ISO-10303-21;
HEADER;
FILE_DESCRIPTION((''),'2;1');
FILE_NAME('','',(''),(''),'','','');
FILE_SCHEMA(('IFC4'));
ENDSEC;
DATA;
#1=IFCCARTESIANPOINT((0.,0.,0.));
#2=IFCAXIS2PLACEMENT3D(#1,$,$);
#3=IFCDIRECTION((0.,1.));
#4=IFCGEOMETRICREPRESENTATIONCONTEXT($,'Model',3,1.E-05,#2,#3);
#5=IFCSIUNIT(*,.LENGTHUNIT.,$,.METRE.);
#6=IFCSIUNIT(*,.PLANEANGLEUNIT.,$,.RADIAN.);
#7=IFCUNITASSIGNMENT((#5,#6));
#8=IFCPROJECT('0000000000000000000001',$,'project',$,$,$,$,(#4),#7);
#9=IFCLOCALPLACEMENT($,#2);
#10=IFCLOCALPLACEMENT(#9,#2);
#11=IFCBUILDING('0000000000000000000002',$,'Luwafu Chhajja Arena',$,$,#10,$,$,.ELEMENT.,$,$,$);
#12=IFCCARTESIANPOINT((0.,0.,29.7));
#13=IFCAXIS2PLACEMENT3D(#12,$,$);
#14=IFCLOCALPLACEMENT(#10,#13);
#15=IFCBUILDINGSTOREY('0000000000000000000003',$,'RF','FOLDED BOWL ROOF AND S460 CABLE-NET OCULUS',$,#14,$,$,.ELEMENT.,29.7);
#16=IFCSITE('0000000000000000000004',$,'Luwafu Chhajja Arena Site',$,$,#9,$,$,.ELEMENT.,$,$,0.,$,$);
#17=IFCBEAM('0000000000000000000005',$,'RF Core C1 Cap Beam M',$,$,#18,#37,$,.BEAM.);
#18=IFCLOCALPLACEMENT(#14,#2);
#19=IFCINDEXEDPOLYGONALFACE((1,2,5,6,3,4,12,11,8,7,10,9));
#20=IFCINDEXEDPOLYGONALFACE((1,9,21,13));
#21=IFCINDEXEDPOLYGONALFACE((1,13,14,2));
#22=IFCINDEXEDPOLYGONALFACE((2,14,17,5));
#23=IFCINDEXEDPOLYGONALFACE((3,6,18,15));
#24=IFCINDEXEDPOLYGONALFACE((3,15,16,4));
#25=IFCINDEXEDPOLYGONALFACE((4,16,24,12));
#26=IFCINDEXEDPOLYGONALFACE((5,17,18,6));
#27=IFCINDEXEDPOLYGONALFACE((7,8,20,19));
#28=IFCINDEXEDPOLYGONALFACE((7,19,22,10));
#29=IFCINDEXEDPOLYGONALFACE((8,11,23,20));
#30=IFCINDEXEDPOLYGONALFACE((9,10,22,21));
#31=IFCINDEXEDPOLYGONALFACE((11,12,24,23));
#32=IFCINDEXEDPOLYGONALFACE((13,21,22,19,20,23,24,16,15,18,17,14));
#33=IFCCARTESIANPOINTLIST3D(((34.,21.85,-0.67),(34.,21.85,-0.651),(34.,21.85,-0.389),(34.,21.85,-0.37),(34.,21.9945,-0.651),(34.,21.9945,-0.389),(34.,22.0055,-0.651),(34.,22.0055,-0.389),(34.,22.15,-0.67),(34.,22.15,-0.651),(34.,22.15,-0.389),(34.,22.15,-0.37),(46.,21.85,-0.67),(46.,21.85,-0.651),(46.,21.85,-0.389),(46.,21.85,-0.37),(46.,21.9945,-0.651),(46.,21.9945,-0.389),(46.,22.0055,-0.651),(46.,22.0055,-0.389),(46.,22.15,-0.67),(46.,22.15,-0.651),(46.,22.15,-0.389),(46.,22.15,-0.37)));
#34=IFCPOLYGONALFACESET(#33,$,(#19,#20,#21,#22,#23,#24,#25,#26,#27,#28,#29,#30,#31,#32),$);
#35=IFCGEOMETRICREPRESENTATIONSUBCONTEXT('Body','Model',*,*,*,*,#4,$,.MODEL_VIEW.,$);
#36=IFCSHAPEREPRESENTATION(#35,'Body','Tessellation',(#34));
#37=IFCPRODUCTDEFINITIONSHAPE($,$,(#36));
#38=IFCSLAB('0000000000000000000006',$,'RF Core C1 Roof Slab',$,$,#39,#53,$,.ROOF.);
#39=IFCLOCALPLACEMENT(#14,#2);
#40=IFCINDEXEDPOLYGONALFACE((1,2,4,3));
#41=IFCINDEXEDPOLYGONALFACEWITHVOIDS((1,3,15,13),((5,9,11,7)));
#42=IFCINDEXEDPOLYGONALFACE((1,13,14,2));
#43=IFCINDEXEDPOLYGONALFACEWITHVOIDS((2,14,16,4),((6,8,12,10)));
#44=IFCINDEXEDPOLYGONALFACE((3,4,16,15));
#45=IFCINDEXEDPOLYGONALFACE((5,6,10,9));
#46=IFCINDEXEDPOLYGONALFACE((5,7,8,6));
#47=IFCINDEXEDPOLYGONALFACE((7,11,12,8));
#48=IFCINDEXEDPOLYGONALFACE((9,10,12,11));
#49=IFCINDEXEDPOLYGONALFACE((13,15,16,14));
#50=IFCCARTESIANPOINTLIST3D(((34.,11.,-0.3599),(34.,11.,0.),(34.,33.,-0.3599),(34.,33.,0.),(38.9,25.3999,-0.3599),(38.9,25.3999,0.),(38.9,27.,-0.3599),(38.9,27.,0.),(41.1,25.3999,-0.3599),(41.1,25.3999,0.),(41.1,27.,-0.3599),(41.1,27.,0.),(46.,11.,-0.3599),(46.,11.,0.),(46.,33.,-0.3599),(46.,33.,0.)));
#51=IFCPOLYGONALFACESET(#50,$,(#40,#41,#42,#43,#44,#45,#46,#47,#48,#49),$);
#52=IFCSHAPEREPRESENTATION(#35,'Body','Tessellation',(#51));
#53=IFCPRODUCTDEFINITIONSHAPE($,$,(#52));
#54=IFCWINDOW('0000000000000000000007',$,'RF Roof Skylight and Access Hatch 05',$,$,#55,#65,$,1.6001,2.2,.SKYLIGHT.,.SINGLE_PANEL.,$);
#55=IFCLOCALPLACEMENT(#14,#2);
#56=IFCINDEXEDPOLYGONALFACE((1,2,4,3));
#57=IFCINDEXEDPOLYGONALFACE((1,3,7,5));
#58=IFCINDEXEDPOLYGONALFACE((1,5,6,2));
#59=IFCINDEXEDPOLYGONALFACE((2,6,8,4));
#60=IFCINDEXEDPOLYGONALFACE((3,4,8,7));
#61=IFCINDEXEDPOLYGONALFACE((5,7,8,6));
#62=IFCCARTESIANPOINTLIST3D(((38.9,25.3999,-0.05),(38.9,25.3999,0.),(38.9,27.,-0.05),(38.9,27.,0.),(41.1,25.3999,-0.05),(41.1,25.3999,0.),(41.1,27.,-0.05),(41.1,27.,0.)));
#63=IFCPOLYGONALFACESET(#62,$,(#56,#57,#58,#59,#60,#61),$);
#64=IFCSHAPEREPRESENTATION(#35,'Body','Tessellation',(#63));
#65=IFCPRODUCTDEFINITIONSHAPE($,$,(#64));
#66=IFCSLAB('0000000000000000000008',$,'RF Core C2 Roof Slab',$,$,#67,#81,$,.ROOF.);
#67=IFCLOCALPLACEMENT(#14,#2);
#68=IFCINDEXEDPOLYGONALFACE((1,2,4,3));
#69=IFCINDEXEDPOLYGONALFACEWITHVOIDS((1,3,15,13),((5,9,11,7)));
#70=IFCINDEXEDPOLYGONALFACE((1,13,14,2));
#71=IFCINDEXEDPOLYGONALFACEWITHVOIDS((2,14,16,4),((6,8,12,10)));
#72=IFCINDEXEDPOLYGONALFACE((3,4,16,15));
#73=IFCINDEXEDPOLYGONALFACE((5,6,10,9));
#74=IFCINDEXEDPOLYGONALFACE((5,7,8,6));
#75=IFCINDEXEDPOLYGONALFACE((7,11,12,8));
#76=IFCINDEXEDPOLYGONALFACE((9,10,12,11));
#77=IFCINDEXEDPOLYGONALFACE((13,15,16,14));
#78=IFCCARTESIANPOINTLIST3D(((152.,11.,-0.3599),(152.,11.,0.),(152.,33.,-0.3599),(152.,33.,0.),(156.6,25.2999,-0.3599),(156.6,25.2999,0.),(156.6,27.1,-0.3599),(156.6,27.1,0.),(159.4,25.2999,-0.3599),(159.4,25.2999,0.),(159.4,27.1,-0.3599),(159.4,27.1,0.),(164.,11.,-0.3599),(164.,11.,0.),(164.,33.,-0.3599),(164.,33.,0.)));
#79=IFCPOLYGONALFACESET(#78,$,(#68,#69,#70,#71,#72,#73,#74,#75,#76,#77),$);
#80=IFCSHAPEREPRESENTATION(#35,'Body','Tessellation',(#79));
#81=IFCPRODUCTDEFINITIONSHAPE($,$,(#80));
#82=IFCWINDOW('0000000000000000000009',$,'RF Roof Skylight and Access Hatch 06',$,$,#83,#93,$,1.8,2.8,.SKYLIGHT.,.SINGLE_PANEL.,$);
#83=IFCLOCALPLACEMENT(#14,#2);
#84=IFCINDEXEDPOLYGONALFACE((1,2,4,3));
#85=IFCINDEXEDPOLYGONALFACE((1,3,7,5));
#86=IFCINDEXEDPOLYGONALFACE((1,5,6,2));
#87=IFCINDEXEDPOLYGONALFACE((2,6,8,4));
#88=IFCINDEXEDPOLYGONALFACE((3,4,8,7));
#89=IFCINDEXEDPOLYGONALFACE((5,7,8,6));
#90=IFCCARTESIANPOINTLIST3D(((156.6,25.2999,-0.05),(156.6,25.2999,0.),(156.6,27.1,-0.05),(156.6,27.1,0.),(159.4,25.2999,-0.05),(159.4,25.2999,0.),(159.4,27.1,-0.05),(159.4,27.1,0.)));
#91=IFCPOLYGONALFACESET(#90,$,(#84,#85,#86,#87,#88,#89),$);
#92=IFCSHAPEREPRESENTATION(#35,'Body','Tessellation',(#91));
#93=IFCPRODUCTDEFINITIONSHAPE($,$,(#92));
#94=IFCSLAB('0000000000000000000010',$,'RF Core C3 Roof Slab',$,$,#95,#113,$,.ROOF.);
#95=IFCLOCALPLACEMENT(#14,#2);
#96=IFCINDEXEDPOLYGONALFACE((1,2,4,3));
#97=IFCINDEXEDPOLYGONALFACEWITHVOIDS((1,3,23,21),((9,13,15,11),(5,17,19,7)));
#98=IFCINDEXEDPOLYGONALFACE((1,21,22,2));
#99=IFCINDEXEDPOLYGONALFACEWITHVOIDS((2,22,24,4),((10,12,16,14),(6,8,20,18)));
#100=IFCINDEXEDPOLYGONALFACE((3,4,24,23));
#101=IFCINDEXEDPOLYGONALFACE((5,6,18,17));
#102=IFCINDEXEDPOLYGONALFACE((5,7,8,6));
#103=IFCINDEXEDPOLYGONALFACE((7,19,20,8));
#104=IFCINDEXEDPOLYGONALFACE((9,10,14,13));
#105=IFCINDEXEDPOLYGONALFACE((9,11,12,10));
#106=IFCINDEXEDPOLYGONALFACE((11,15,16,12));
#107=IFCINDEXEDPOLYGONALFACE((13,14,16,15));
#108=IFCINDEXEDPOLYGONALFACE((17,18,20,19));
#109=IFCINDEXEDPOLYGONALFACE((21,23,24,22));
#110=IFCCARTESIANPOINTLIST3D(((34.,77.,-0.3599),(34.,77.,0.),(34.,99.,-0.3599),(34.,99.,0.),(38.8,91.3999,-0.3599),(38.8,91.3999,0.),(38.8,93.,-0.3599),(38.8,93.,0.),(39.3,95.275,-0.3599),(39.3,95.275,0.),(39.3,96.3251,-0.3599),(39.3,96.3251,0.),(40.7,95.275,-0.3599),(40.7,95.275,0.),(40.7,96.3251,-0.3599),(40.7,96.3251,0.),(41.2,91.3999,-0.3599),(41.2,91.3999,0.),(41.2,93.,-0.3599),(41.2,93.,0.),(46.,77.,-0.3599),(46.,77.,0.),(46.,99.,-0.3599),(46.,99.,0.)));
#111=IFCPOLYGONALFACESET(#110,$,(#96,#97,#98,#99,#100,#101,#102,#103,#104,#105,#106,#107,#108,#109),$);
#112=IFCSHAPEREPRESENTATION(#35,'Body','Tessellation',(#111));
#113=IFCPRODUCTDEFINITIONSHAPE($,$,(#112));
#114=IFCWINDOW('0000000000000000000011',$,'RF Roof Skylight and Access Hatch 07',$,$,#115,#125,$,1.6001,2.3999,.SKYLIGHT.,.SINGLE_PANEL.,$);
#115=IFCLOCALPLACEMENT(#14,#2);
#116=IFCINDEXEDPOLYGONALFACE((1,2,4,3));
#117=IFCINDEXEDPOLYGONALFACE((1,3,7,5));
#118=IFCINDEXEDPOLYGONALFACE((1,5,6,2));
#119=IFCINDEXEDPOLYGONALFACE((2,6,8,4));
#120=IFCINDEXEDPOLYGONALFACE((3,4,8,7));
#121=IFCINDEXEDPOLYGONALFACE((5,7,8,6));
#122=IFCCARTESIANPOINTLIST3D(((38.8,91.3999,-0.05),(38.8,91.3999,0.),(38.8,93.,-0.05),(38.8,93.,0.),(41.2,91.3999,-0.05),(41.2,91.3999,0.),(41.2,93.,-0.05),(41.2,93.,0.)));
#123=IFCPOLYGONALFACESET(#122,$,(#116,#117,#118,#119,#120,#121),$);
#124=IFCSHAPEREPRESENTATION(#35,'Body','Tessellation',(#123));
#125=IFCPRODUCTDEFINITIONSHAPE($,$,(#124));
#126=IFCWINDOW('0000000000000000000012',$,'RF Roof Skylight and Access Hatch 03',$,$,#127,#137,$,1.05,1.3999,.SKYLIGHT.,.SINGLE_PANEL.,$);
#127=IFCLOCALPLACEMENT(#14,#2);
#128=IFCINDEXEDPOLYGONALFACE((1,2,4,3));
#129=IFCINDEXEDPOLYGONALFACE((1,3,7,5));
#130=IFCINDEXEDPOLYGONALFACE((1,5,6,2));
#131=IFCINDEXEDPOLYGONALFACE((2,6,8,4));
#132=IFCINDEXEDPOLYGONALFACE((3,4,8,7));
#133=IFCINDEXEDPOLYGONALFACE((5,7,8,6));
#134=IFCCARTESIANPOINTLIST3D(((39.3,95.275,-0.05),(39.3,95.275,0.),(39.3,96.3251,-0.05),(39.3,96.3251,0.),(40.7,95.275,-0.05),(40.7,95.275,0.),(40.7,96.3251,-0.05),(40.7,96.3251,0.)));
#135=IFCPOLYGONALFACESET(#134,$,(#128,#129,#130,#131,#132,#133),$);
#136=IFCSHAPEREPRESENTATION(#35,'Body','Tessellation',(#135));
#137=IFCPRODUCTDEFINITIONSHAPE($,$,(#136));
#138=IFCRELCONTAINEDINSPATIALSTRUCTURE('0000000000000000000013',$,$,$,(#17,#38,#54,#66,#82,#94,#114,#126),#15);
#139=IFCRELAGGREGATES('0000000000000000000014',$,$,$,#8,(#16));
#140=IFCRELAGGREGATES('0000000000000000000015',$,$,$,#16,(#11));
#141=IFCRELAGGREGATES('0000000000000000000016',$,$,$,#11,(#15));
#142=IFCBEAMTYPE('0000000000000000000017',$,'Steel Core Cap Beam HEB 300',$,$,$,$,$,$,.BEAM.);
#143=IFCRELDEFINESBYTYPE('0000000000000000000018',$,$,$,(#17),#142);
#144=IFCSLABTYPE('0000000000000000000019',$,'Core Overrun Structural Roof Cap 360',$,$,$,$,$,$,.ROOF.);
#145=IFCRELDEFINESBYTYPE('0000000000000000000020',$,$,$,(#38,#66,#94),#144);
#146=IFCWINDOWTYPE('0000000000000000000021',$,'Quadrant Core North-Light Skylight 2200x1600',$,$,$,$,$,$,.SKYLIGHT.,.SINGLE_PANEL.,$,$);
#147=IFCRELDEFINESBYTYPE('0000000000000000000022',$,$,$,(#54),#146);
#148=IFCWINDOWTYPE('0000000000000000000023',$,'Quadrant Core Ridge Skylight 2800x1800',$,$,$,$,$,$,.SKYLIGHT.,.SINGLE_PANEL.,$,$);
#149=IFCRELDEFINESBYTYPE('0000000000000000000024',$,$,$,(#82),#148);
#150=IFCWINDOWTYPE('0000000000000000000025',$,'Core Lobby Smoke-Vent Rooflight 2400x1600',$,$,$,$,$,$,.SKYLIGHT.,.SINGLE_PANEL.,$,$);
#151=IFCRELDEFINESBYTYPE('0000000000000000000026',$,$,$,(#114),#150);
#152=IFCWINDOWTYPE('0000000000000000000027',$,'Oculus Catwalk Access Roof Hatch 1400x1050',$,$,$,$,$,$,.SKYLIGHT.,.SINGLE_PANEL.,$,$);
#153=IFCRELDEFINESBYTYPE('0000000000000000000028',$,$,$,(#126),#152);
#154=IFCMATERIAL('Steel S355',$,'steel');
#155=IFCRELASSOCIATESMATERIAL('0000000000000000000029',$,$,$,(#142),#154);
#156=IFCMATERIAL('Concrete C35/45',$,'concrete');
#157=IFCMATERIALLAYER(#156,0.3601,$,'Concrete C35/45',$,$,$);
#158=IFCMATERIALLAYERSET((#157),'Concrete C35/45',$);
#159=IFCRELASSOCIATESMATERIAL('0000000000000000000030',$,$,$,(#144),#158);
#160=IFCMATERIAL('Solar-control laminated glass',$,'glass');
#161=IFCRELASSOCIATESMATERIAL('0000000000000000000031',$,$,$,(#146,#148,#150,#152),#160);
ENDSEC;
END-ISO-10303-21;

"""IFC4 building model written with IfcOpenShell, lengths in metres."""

from ifc_helpers import new_model, si_unit, direction, frame, origin, origin_2d, place, context, subcontext, project, spatial, polyline, rectangle, i_section, outline, extrude, material, layer, layer_set, material_profile, profile_set, type_object, element, fill, save


model = new_model("IFC4")

# Units and contexts
model_context = context("Model", 3, precision=1e-05, world=origin(), true_north=direction((0.0, 1.0)))
body_context = subcontext(model_context, "Body", "Model", "MODEL_VIEW")
ifc_project = project(units=[si_unit("LENGTHUNIT", "METRE"), si_unit("PLANEANGLEUNIT", "RADIAN")], contexts=[model_context])

# Site, building, storey
site_placement = place(None, origin())
site = spatial("IfcSite", under=ifc_project, at=site_placement, Name="Luwafu Chhajja Arena Site", CompositionType="ELEMENT", RefElevation=0.0)
building_placement = place(site_placement, origin())
building = spatial("IfcBuilding", under=site, at=building_placement, Name="Luwafu Chhajja Arena", CompositionType="ELEMENT")
storey_placement = place(building_placement, frame((0.0, 0.0, 29.7)))
storey = spatial("IfcBuildingStorey", under=building, at=storey_placement, Name="RF", Description="FOLDED BOWL ROOF AND S460 CABLE-NET OCULUS", CompositionType="ELEMENT", Elevation=29.7)

# Beam
ifc_material_1 = material(Name="Steel S355", Category="steel")
ifc_material_profile = material_profile(ifc_material_1, i_section(OverallWidth=0.3, OverallDepth=0.3, WebThickness=0.011, FlangeThickness=0.019, at=origin_2d()), Name="HEB 300")
ifc_profile_set = profile_set([ifc_material_profile], Name="Steel S355")
beam_type = type_object("IfcBeamType", Name="Steel Core Cap Beam HEB 300", PredefinedType="BEAM", material=ifc_profile_set)
beam_placement = place(storey_placement, frame((34.0, 22.0, -0.52), z_axis=(1.0, 0.0, 0.0), x_axis=(0.0, 1.0, 0.0)))
element("IfcBeam", 1, at=beam_placement, inside=storey, type_object=beam_type, Name="RF Core C1 Cap Beam M", PredefinedType="BEAM", context=body_context, shape_type="SweptSolid", body=[
    extrude(i_section(OverallWidth=0.3, OverallDepth=0.3, WebThickness=0.011, FlangeThickness=0.019, at=origin_2d()), origin(), (0.0, 0.0, 1.0), 12.0),
])

# Slabs, openings, windows
ifc_material_2 = material(Name="Concrete C35/45", Category="concrete")
ifc_layer_1 = layer(ifc_material_2, 0.3601, Name="Concrete C35/45")
ifc_layer_set_1 = layer_set([ifc_layer_1], Name="Concrete C35/45")
slab_type_1 = type_object("IfcSlabType", Name="Core Overrun Structural Roof Cap 360", PredefinedType="ROOF", material=ifc_layer_set_1)
slab_1_placement = place(storey_placement, frame((0.0, 0.0, -0.3599)))
slab_1 = element("IfcSlab", 2, at=slab_1_placement, inside=storey, type_object=slab_type_1, Name="RF Core C1 Roof Slab", PredefinedType="ROOF", context=body_context, shape_type="SweptSolid", body=[
    extrude(outline(polyline([(34.0, 11.0), (46.0, 11.0), (46.0, 33.0), (34.0, 33.0), (34.0, 11.0)])), origin(), (0.0, 0.0, 1.0), 0.3599),
])
opening_1_placement = place(slab_1_placement, frame((40.0, 26.2, -0.01)))
opening_1 = element("IfcOpeningElement", 3, at=opening_1_placement, cuts=slab_1, PredefinedType="OPENING", context=body_context, shape_type="SweptSolid", body=[
    extrude(rectangle(XDim=2.2, YDim=1.6001, at=origin_2d()), origin(), (0.0, 0.0, 1.0), 0.3799),
])
ifc_material_3 = material(Name="Solar-control laminated glass", Category="glass")
window_type_1 = type_object("IfcWindowType", Name="Quadrant Core North-Light Skylight 2200x1600", PartitioningType="SINGLE_PANEL", PredefinedType="SKYLIGHT", material=ifc_material_3)
window_1_placement = place(opening_1_placement, frame((0.0, 0.0, 0.3198)))
window_1 = element("IfcWindow", 4, at=window_1_placement, inside=storey, type_object=window_type_1, Name="RF Roof Skylight and Access Hatch 05", OverallHeight=1.6001, OverallWidth=2.2, PartitioningType="SINGLE_PANEL", PredefinedType="SKYLIGHT", context=body_context, shape_type="SweptSolid", body=[
    extrude(rectangle(XDim=2.2, YDim=1.6001, at=origin_2d()), origin(), (0.0, 0.0, 1.0), 0.05),
])
fill(opening_1, window_1)
slab_2_placement = place(storey_placement, frame((0.0, 0.0, -0.3599)))
slab_2 = element("IfcSlab", 5, at=slab_2_placement, inside=storey, type_object=slab_type_1, Name="RF Core C2 Roof Slab", PredefinedType="ROOF", context=body_context, shape_type="SweptSolid", body=[
    extrude(outline(polyline([(152.0, 11.0), (164.0, 11.0), (164.0, 33.0), (152.0, 33.0), (152.0, 11.0)])), origin(), (0.0, 0.0, 1.0), 0.3599),
])
opening_2_placement = place(slab_2_placement, frame((158.0, 26.2, -0.01)))
opening_2 = element("IfcOpeningElement", 6, at=opening_2_placement, cuts=slab_2, PredefinedType="OPENING", context=body_context, shape_type="SweptSolid", body=[
    extrude(rectangle(XDim=2.8, YDim=1.8, at=origin_2d()), origin(), (0.0, 0.0, 1.0), 0.3799),
])
window_type_2 = type_object("IfcWindowType", Name="Quadrant Core Ridge Skylight 2800x1800", PartitioningType="SINGLE_PANEL", PredefinedType="SKYLIGHT", material=ifc_material_3)
window_2_placement = place(opening_2_placement, frame((0.0, 0.0, 0.3198)))
window_2 = element("IfcWindow", 7, at=window_2_placement, inside=storey, type_object=window_type_2, Name="RF Roof Skylight and Access Hatch 06", OverallHeight=1.8, OverallWidth=2.8, PartitioningType="SINGLE_PANEL", PredefinedType="SKYLIGHT", context=body_context, shape_type="SweptSolid", body=[
    extrude(rectangle(XDim=2.8, YDim=1.8, at=origin_2d()), origin(), (0.0, 0.0, 1.0), 0.05),
])
fill(opening_2, window_2)

# Slab, openings, windows
slab_3_placement = place(storey_placement, frame((0.0, 0.0, -0.3599)))
slab_3 = element("IfcSlab", 8, at=slab_3_placement, inside=storey, type_object=slab_type_1, Name="RF Core C3 Roof Slab", PredefinedType="ROOF", context=body_context, shape_type="SweptSolid", body=[
    extrude(outline(polyline([(34.0, 77.0), (46.0, 77.0), (46.0, 99.0), (34.0, 99.0), (34.0, 77.0)])), origin(), (0.0, 0.0, 1.0), 0.3599),
])
opening_3_placement = place(slab_3_placement, frame((40.0, 95.8, -0.01)))
opening_3 = element("IfcOpeningElement", 9, at=opening_3_placement, cuts=slab_3, PredefinedType="OPENING", context=body_context, shape_type="SweptSolid", body=[
    extrude(rectangle(XDim=1.3999, YDim=1.05, at=origin_2d()), origin(), (0.0, 0.0, 1.0), 0.3799),
])
opening_4_placement = place(slab_3_placement, frame((40.0, 92.2, -0.01)))
opening_4 = element("IfcOpeningElement", 10, at=opening_4_placement, cuts=slab_3, PredefinedType="OPENING", context=body_context, shape_type="SweptSolid", body=[
    extrude(rectangle(XDim=2.3999, YDim=1.6001, at=origin_2d()), origin(), (0.0, 0.0, 1.0), 0.3799),
])
window_type_3 = type_object("IfcWindowType", Name="Core Lobby Smoke-Vent Rooflight 2400x1600", PartitioningType="SINGLE_PANEL", PredefinedType="SKYLIGHT", material=ifc_material_3)
window_3_placement = place(opening_4_placement, frame((0.0, 0.0, 0.3198)))
window_3 = element("IfcWindow", 11, at=window_3_placement, inside=storey, type_object=window_type_3, Name="RF Roof Skylight and Access Hatch 07", OverallHeight=1.6001, OverallWidth=2.3999, PartitioningType="SINGLE_PANEL", PredefinedType="SKYLIGHT", context=body_context, shape_type="SweptSolid", body=[
    extrude(rectangle(XDim=2.3999, YDim=1.6001, at=origin_2d()), origin(), (0.0, 0.0, 1.0), 0.05),
])
fill(opening_4, window_3)
window_type_4 = type_object("IfcWindowType", Name="Oculus Catwalk Access Roof Hatch 1400x1050", PartitioningType="SINGLE_PANEL", PredefinedType="SKYLIGHT", material=ifc_material_3)
window_4_placement = place(opening_3_placement, frame((0.0, 0.0, 0.3198)))
window_4 = element("IfcWindow", 12, at=window_4_placement, inside=storey, type_object=window_type_4, Name="RF Roof Skylight and Access Hatch 03", OverallHeight=1.05, OverallWidth=1.3999, PartitioningType="SINGLE_PANEL", PredefinedType="SKYLIGHT", context=body_context, shape_type="SweptSolid", body=[
    extrude(rectangle(XDim=1.3999, YDim=1.05, at=origin_2d()), origin(), (0.0, 0.0, 1.0), 0.05),
])
fill(opening_3, window_4)

save(model, "model.ifc")
